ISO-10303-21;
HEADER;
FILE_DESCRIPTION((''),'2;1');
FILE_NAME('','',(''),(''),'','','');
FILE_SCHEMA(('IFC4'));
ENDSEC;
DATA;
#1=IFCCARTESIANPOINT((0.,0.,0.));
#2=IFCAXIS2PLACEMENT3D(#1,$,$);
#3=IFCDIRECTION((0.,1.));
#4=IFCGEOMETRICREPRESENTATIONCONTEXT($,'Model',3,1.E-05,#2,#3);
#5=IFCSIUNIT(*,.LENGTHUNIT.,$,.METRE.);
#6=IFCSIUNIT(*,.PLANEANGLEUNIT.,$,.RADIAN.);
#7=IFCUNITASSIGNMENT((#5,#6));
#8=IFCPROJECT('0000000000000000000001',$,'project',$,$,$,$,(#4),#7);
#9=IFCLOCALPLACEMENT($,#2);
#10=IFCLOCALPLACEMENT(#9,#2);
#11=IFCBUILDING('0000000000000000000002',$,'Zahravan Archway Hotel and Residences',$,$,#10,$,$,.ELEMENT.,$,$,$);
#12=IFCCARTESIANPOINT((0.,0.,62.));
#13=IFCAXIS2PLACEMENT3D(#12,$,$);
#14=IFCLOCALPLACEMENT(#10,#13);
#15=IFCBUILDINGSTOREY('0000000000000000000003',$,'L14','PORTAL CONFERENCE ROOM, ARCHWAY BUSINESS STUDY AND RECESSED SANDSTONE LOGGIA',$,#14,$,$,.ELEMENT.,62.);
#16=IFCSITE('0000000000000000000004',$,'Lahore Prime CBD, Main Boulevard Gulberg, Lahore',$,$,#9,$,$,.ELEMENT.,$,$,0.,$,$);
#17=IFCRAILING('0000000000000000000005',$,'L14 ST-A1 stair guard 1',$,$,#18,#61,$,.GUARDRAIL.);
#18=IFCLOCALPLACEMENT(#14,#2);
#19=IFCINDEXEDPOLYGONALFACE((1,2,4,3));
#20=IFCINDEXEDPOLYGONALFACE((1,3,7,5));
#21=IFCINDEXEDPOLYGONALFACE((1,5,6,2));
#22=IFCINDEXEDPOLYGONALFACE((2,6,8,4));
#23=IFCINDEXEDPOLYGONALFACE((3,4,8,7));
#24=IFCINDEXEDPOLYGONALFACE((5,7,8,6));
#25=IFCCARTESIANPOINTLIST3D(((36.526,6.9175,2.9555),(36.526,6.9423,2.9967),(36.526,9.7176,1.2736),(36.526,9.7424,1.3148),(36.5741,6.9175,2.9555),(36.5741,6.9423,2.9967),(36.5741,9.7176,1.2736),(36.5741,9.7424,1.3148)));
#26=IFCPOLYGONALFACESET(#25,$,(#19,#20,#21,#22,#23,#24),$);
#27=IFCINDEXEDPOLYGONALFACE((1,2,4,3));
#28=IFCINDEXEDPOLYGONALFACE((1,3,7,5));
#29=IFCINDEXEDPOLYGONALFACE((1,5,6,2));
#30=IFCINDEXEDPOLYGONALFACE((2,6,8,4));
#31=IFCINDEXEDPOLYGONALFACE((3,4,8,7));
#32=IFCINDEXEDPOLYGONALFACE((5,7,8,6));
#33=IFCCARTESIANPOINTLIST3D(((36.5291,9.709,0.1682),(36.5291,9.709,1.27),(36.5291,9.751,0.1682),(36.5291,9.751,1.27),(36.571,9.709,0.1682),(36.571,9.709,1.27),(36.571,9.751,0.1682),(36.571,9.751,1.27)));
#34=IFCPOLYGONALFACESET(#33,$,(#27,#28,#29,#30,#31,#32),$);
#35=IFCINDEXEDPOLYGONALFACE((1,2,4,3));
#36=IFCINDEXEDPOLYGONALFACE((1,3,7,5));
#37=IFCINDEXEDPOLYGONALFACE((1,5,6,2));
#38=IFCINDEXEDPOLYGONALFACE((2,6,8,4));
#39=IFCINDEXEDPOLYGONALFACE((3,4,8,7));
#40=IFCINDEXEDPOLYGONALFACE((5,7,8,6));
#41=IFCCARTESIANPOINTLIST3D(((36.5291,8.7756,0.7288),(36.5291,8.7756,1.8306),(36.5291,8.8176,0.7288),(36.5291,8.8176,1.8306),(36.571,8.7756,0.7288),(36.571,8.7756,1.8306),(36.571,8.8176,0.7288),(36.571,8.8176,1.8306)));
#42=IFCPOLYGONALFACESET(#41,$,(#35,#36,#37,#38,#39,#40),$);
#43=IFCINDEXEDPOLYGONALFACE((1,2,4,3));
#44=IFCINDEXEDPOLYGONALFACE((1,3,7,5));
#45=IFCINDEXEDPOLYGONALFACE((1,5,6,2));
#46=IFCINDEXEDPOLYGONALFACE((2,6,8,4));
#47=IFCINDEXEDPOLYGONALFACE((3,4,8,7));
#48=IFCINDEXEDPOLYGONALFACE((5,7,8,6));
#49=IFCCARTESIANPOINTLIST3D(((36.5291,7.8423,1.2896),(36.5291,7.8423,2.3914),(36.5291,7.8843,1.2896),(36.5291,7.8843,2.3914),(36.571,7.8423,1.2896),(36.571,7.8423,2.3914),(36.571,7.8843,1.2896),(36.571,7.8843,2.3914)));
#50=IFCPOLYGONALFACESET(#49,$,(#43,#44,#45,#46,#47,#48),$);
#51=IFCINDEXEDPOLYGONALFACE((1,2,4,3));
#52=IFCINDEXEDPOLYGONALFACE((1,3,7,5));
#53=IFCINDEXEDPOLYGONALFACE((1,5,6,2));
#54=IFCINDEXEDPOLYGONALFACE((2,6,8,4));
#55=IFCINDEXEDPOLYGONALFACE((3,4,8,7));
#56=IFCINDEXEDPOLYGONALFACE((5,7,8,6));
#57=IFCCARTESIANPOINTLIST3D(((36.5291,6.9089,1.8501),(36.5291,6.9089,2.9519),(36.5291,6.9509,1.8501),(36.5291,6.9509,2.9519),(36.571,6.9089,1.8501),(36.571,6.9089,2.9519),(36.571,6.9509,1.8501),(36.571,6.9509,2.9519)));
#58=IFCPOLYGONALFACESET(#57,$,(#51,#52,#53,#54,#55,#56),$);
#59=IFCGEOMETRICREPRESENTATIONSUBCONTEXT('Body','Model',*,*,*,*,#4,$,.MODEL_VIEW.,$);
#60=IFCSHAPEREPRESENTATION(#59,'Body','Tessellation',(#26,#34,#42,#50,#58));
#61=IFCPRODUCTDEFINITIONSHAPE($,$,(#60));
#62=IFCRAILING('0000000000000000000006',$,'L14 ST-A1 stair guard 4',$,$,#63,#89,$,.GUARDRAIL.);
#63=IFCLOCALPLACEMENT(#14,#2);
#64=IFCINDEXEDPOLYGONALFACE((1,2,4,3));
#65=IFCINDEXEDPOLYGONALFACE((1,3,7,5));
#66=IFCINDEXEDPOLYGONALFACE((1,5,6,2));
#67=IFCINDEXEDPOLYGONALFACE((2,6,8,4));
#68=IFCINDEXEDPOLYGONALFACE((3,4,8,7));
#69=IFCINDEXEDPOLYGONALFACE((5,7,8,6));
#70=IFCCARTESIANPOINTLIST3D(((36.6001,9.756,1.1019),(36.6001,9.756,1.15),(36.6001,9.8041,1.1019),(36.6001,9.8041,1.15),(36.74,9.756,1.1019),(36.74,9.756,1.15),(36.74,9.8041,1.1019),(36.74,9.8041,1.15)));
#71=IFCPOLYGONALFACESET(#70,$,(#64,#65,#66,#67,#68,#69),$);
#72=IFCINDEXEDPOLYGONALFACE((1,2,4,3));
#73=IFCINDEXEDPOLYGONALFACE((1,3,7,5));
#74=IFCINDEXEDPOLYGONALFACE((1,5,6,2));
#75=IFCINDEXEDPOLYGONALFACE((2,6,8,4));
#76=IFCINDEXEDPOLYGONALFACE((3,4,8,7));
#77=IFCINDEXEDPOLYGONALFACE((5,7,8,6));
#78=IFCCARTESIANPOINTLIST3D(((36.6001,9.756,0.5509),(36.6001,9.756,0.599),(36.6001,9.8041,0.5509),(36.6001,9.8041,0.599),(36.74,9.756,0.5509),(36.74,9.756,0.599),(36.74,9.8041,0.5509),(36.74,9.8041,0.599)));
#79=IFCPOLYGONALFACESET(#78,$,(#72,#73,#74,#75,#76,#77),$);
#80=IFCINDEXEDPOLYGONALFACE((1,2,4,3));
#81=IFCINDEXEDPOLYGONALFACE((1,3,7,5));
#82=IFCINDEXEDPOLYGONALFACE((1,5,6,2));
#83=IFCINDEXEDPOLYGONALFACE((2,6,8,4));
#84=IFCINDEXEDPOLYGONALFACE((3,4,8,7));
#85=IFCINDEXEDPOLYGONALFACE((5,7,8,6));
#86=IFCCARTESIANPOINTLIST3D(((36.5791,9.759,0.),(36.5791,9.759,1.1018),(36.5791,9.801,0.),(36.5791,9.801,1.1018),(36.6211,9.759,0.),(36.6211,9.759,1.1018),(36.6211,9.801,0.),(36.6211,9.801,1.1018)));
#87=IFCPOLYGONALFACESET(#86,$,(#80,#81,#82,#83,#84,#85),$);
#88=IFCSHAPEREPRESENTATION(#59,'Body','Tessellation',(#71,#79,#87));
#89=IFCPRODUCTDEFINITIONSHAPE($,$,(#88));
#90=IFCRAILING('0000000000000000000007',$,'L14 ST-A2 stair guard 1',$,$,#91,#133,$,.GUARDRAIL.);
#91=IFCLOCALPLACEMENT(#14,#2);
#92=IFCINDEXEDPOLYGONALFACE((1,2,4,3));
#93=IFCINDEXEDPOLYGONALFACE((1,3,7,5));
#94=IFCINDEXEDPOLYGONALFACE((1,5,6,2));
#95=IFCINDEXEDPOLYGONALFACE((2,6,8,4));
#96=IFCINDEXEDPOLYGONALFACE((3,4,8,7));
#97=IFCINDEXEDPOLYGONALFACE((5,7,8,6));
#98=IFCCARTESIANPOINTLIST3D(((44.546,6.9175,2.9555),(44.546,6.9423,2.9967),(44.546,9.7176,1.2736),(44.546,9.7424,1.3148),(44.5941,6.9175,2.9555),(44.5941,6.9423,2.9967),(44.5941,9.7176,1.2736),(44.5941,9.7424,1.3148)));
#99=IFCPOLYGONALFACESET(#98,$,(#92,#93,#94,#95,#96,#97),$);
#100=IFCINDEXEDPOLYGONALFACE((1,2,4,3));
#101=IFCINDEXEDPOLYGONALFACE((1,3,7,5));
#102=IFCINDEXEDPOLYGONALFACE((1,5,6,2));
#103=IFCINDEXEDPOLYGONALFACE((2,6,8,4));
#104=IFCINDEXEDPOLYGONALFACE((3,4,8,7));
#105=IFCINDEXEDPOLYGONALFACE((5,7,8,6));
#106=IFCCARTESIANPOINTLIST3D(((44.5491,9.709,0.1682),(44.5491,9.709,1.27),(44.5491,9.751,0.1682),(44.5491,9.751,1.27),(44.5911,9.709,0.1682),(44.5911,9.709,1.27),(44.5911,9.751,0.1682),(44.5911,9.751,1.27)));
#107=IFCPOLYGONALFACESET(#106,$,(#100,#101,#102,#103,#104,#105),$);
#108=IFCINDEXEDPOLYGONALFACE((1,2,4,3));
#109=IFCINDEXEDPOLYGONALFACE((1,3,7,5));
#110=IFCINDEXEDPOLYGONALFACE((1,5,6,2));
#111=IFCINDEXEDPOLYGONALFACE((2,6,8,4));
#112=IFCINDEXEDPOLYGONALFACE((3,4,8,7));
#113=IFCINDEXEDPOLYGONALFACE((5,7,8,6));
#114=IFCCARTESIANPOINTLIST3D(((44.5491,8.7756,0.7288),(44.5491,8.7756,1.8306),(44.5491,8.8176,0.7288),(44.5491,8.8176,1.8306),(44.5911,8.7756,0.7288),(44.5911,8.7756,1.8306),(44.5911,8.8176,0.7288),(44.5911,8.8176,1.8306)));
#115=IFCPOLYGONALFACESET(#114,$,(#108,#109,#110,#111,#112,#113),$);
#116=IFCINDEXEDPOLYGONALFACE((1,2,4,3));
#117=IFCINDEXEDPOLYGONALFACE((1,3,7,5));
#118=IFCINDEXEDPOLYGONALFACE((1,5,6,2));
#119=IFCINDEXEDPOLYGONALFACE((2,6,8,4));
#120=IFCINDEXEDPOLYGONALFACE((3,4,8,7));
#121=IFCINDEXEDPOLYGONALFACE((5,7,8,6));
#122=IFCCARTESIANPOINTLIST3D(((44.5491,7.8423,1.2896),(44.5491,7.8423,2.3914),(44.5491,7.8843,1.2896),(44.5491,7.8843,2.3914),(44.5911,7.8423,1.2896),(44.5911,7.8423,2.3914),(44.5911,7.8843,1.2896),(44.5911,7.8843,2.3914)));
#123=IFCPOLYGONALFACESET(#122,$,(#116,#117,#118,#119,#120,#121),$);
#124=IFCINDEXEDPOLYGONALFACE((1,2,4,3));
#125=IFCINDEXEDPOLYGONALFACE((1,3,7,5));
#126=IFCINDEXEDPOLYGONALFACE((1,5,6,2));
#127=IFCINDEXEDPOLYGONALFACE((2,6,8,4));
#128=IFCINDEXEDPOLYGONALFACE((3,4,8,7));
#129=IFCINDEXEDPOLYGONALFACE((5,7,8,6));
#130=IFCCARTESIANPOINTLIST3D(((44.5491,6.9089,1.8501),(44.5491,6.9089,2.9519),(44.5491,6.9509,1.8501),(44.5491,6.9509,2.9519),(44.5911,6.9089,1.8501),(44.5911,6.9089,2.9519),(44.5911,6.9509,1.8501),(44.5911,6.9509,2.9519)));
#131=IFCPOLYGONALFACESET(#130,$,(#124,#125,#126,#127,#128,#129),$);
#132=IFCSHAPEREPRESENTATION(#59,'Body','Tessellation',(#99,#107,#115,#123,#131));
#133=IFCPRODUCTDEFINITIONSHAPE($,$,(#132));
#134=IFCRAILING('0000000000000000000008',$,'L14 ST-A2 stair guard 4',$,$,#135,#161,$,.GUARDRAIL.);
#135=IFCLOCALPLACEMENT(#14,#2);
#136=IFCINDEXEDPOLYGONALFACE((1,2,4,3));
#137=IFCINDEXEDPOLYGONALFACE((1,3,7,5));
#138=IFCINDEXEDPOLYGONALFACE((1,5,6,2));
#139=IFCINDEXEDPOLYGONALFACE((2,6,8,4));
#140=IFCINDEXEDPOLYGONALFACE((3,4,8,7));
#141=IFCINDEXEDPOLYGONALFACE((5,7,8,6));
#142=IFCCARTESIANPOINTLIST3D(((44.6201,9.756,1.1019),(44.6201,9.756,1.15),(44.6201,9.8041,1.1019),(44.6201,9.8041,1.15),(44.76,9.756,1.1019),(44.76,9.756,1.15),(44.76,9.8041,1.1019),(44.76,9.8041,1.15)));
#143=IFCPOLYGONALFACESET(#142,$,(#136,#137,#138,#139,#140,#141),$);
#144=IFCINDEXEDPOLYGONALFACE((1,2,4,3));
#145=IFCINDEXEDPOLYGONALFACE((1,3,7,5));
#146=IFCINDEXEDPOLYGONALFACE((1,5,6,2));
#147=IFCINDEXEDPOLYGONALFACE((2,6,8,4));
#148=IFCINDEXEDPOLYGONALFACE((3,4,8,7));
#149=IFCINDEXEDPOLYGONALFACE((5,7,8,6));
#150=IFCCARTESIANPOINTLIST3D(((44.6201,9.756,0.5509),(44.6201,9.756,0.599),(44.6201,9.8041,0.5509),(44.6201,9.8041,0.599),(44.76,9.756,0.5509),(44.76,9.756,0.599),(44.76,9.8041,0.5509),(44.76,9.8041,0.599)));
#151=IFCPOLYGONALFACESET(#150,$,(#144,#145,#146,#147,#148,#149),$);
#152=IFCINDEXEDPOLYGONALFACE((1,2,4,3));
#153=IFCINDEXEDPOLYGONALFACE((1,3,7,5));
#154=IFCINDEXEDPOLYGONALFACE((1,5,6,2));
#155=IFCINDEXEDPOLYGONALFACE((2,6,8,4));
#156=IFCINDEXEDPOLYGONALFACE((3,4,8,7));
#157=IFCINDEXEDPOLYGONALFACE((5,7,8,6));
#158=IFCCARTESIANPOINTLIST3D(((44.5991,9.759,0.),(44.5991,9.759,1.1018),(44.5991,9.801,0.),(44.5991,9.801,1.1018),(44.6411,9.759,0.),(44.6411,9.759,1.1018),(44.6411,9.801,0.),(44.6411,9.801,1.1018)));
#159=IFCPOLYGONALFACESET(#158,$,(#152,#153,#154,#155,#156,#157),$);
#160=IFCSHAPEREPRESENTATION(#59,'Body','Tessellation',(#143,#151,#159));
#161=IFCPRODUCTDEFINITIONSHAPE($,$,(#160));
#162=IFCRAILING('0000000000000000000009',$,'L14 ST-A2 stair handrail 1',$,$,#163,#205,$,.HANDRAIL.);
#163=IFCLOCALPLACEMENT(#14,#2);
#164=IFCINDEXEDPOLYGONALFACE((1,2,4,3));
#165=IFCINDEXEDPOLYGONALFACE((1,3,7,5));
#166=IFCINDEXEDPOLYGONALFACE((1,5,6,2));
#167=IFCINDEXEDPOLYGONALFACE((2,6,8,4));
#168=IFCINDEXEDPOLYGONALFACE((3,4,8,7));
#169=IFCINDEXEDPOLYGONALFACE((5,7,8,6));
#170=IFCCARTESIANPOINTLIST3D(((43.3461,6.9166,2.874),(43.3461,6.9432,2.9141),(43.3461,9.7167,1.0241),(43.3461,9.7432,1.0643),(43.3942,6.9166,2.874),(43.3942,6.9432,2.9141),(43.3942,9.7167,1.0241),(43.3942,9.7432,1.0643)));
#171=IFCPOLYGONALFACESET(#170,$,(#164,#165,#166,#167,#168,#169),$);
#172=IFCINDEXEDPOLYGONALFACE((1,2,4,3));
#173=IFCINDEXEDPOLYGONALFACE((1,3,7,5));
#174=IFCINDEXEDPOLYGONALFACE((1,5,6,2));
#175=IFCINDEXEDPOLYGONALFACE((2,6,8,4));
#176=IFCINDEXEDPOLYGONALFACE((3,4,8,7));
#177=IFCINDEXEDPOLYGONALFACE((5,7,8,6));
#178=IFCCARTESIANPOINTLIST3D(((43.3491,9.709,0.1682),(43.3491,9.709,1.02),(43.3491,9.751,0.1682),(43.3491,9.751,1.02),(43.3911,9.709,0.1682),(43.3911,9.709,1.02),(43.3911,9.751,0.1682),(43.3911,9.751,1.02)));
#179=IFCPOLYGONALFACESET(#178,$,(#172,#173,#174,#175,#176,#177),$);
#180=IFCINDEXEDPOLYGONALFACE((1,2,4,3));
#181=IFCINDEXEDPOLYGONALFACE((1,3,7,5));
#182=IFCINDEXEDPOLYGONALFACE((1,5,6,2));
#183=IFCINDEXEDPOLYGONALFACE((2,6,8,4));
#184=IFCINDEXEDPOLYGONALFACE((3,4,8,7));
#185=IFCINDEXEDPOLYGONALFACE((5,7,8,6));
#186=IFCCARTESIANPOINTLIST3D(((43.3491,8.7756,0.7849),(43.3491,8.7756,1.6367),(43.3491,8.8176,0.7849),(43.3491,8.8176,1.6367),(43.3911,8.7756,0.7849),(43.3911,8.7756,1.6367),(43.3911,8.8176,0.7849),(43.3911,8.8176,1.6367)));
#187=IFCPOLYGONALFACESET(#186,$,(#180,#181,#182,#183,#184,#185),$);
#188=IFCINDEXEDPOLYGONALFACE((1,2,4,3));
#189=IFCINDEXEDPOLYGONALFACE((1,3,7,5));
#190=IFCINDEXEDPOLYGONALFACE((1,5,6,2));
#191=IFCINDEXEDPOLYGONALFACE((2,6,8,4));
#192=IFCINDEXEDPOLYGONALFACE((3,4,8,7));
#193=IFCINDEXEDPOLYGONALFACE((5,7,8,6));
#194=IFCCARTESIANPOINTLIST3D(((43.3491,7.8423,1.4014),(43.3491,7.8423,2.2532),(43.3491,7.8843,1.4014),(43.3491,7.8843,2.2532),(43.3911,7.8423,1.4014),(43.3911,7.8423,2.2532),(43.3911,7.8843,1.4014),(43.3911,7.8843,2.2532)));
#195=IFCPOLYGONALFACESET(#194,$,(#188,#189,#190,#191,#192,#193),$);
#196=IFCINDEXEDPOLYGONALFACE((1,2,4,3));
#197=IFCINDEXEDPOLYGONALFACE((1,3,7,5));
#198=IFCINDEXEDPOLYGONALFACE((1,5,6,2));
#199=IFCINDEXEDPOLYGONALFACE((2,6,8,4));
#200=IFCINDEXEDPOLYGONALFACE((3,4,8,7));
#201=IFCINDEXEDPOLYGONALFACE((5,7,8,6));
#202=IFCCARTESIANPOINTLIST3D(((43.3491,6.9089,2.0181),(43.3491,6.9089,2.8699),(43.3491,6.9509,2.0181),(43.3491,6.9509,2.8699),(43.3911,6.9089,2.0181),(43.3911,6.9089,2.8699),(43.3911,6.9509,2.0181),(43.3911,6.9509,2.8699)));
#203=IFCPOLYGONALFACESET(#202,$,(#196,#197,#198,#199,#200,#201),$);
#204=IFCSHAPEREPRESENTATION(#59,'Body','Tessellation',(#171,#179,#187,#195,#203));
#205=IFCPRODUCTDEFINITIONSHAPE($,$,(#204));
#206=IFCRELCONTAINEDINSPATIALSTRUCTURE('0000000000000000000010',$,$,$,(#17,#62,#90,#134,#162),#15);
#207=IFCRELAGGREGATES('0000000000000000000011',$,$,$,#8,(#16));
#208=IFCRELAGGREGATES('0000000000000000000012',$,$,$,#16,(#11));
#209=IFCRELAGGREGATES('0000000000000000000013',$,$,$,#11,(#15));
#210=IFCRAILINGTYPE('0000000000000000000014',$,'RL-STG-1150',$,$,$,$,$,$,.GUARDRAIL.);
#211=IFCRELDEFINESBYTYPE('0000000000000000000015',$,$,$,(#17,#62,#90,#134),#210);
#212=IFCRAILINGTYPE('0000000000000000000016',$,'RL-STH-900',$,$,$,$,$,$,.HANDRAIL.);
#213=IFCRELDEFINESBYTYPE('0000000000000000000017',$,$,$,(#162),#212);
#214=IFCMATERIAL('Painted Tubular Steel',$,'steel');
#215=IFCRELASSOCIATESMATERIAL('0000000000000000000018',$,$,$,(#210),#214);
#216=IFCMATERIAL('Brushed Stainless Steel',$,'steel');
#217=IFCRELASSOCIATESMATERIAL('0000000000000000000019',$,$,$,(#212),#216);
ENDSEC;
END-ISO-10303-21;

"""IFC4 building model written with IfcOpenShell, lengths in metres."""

from ifc_helpers import new_model, si_unit, direction, frame, origin, origin_2d, place, context, subcontext, project, spatial, rectangle, extrude, material, type_object, element, save


model = new_model("IFC4")

# Units and contexts
model_context = context("Model", 3, precision=1e-05, world=origin(), true_north=direction((0.0, 1.0)))
body_context = subcontext(model_context, "Body", "Model", "MODEL_VIEW")
ifc_project = project(units=[si_unit("LENGTHUNIT", "METRE"), si_unit("PLANEANGLEUNIT", "RADIAN")], contexts=[model_context])

# Site, building, storey
site_placement = place(None, origin())
site = spatial("IfcSite", under=ifc_project, at=site_placement, Name="Lahore Prime CBD, Main Boulevard Gulberg, Lahore", CompositionType="ELEMENT", RefElevation=0.0)
building_placement = place(site_placement, origin())
building = spatial("IfcBuilding", under=site, at=building_placement, Name="Zahravan Archway Hotel and Residences", CompositionType="ELEMENT")
storey_placement = place(building_placement, frame((0.0, 0.0, 62.0)))
storey = spatial("IfcBuildingStorey", under=building, at=storey_placement, Name="L14", Description="PORTAL CONFERENCE ROOM, ARCHWAY BUSINESS STUDY AND RECESSED SANDSTONE LOGGIA", CompositionType="ELEMENT", Elevation=62.0)

# Shared definitions
ifc_material_1 = material(Name="Brushed Stainless Steel", Category="steel")

# Railings
ifc_material_2 = material(Name="Painted Tubular Steel", Category="steel")
railing_type_1 = type_object("IfcRailingType", Name="RL-STG-1150", PredefinedType="GUARDRAIL", material=ifc_material_2)
railing_1_placement = place(storey_placement, frame((36.55, 9.73, 0.1682)))
element("IfcRailing", 1, at=railing_1_placement, inside=storey, type_object=railing_type_1, Name="L14 ST-A1 stair guard 1", PredefinedType="GUARDRAIL", context=body_context, shape_type="SweptSolid", body=[
    extrude(rectangle(XDim=0.0481, YDim=0.0481, at=origin_2d()), frame((0.0, 0.0, 1.126), z_axis=(0.0, -0.857242, 0.514913), x_axis=(1.0, 0.0, 0.0)), (0.0, 0.0, 1.0), 3.2664),
    extrude(rectangle(XDim=0.042, YDim=0.042, at=origin_2d()), origin(), (0.0, 0.0, 1.0), 1.1018),
    extrude(rectangle(XDim=0.042, YDim=0.042, at=origin_2d()), frame((0.0, -0.9333, 0.5605)), (0.0, 0.0, 1.0), 1.1018),
    extrude(rectangle(XDim=0.042, YDim=0.042, at=origin_2d()), frame((0.0, -1.8667, 1.1213)), (0.0, 0.0, 1.0), 1.1018),
    extrude(rectangle(XDim=0.042, YDim=0.042, at=origin_2d()), frame((0.0, -2.8, 1.6819)), (0.0, 0.0, 1.0), 1.1018),
])
railing_2_placement = place(storey_placement, frame((36.6001, 9.78, 0.0)))
element("IfcRailing", 2, at=railing_2_placement, inside=storey, type_object=railing_type_1, Name="L14 ST-A1 stair guard 4", PredefinedType="GUARDRAIL", context=body_context, shape_type="SweptSolid", body=[
    extrude(rectangle(XDim=0.0481, YDim=0.0481, at=origin_2d()), frame((0.0, 0.0, 1.126), z_axis=(1.0, 0.0, 0.0), x_axis=(0.0, 1.0, 0.0)), (0.0, 0.0, 1.0), 0.1399),
    extrude(rectangle(XDim=0.0481, YDim=0.0481, at=origin_2d()), frame((0.0, 0.0, 0.575), z_axis=(1.0, 0.0, 0.0), x_axis=(0.0, 1.0, 0.0)), (0.0, 0.0, 1.0), 0.1399),
    extrude(rectangle(XDim=0.042, YDim=0.042, at=origin_2d()), origin(), (0.0, 0.0, 1.0), 1.1018),
])
railing_3_placement = place(storey_placement, frame((44.5701, 9.73, 0.1682)))
element("IfcRailing", 3, at=railing_3_placement, inside=storey, type_object=railing_type_1, Name="L14 ST-A2 stair guard 1", PredefinedType="GUARDRAIL", context=body_context, shape_type="SweptSolid", body=[
    extrude(rectangle(XDim=0.0481, YDim=0.0481, at=origin_2d()), frame((0.0, 0.0, 1.126), z_axis=(0.0, -0.857242, 0.514913), x_axis=(1.0, 0.0, 0.0)), (0.0, 0.0, 1.0), 3.2664),
    extrude(rectangle(XDim=0.042, YDim=0.042, at=origin_2d()), origin(), (0.0, 0.0, 1.0), 1.1018),
    extrude(rectangle(XDim=0.042, YDim=0.042, at=origin_2d()), frame((0.0, -0.9333, 0.5605)), (0.0, 0.0, 1.0), 1.1018),
    extrude(rectangle(XDim=0.042, YDim=0.042, at=origin_2d()), frame((0.0, -1.8667, 1.1213)), (0.0, 0.0, 1.0), 1.1018),
    extrude(rectangle(XDim=0.042, YDim=0.042, at=origin_2d()), frame((0.0, -2.8, 1.6819)), (0.0, 0.0, 1.0), 1.1018),
])
railing_4_placement = place(storey_placement, frame((44.6201, 9.78, 0.0)))
element("IfcRailing", 4, at=railing_4_placement, inside=storey, type_object=railing_type_1, Name="L14 ST-A2 stair guard 4", PredefinedType="GUARDRAIL", context=body_context, shape_type="SweptSolid", body=[
    extrude(rectangle(XDim=0.0481, YDim=0.0481, at=origin_2d()), frame((0.0, 0.0, 1.126), z_axis=(1.0, 0.0, 0.0), x_axis=(0.0, 1.0, 0.0)), (0.0, 0.0, 1.0), 0.1399),
    extrude(rectangle(XDim=0.0481, YDim=0.0481, at=origin_2d()), frame((0.0, 0.0, 0.575), z_axis=(1.0, 0.0, 0.0), x_axis=(0.0, 1.0, 0.0)), (0.0, 0.0, 1.0), 0.1399),
    extrude(rectangle(XDim=0.042, YDim=0.042, at=origin_2d()), origin(), (0.0, 0.0, 1.0), 1.1018),
])
railing_type_2 = type_object("IfcRailingType", Name="RL-STH-900", PredefinedType="HANDRAIL", material=ifc_material_1)
for number, where, name in (
    (5, (43.3701, 9.73, 0.1682), "L14 ST-A2 stair handrail 1"),
):
    element("IfcRailing", number, at=place(storey_placement, frame(where)), inside=storey, type_object=railing_type_2, Name=name, PredefinedType="HANDRAIL", context=body_context, shape_type="SweptSolid", body=[
        extrude(rectangle(XDim=0.0481, YDim=0.0481, at=origin_2d()), frame((0.0, 0.0, 0.876), z_axis=(0.0, -0.83436, 0.55122), x_axis=(1.0, 0.0, 0.0)), (0.0, 0.0, 1.0), 3.356),
        extrude(rectangle(XDim=0.042, YDim=0.042, at=origin_2d()), origin(), (0.0, 0.0, 1.0), 0.8518),
        extrude(rectangle(XDim=0.042, YDim=0.042, at=origin_2d()), frame((0.0, -0.9333, 0.6167)), (0.0, 0.0, 1.0), 0.8518),
        extrude(rectangle(XDim=0.042, YDim=0.042, at=origin_2d()), frame((0.0, -1.8667, 1.2332)), (0.0, 0.0, 1.0), 0.8518),
        extrude(rectangle(XDim=0.042, YDim=0.042, at=origin_2d()), frame((0.0, -2.8, 1.8499)), (0.0, 0.0, 1.0), 0.8518),
    ])

save(model, "model.ifc")
